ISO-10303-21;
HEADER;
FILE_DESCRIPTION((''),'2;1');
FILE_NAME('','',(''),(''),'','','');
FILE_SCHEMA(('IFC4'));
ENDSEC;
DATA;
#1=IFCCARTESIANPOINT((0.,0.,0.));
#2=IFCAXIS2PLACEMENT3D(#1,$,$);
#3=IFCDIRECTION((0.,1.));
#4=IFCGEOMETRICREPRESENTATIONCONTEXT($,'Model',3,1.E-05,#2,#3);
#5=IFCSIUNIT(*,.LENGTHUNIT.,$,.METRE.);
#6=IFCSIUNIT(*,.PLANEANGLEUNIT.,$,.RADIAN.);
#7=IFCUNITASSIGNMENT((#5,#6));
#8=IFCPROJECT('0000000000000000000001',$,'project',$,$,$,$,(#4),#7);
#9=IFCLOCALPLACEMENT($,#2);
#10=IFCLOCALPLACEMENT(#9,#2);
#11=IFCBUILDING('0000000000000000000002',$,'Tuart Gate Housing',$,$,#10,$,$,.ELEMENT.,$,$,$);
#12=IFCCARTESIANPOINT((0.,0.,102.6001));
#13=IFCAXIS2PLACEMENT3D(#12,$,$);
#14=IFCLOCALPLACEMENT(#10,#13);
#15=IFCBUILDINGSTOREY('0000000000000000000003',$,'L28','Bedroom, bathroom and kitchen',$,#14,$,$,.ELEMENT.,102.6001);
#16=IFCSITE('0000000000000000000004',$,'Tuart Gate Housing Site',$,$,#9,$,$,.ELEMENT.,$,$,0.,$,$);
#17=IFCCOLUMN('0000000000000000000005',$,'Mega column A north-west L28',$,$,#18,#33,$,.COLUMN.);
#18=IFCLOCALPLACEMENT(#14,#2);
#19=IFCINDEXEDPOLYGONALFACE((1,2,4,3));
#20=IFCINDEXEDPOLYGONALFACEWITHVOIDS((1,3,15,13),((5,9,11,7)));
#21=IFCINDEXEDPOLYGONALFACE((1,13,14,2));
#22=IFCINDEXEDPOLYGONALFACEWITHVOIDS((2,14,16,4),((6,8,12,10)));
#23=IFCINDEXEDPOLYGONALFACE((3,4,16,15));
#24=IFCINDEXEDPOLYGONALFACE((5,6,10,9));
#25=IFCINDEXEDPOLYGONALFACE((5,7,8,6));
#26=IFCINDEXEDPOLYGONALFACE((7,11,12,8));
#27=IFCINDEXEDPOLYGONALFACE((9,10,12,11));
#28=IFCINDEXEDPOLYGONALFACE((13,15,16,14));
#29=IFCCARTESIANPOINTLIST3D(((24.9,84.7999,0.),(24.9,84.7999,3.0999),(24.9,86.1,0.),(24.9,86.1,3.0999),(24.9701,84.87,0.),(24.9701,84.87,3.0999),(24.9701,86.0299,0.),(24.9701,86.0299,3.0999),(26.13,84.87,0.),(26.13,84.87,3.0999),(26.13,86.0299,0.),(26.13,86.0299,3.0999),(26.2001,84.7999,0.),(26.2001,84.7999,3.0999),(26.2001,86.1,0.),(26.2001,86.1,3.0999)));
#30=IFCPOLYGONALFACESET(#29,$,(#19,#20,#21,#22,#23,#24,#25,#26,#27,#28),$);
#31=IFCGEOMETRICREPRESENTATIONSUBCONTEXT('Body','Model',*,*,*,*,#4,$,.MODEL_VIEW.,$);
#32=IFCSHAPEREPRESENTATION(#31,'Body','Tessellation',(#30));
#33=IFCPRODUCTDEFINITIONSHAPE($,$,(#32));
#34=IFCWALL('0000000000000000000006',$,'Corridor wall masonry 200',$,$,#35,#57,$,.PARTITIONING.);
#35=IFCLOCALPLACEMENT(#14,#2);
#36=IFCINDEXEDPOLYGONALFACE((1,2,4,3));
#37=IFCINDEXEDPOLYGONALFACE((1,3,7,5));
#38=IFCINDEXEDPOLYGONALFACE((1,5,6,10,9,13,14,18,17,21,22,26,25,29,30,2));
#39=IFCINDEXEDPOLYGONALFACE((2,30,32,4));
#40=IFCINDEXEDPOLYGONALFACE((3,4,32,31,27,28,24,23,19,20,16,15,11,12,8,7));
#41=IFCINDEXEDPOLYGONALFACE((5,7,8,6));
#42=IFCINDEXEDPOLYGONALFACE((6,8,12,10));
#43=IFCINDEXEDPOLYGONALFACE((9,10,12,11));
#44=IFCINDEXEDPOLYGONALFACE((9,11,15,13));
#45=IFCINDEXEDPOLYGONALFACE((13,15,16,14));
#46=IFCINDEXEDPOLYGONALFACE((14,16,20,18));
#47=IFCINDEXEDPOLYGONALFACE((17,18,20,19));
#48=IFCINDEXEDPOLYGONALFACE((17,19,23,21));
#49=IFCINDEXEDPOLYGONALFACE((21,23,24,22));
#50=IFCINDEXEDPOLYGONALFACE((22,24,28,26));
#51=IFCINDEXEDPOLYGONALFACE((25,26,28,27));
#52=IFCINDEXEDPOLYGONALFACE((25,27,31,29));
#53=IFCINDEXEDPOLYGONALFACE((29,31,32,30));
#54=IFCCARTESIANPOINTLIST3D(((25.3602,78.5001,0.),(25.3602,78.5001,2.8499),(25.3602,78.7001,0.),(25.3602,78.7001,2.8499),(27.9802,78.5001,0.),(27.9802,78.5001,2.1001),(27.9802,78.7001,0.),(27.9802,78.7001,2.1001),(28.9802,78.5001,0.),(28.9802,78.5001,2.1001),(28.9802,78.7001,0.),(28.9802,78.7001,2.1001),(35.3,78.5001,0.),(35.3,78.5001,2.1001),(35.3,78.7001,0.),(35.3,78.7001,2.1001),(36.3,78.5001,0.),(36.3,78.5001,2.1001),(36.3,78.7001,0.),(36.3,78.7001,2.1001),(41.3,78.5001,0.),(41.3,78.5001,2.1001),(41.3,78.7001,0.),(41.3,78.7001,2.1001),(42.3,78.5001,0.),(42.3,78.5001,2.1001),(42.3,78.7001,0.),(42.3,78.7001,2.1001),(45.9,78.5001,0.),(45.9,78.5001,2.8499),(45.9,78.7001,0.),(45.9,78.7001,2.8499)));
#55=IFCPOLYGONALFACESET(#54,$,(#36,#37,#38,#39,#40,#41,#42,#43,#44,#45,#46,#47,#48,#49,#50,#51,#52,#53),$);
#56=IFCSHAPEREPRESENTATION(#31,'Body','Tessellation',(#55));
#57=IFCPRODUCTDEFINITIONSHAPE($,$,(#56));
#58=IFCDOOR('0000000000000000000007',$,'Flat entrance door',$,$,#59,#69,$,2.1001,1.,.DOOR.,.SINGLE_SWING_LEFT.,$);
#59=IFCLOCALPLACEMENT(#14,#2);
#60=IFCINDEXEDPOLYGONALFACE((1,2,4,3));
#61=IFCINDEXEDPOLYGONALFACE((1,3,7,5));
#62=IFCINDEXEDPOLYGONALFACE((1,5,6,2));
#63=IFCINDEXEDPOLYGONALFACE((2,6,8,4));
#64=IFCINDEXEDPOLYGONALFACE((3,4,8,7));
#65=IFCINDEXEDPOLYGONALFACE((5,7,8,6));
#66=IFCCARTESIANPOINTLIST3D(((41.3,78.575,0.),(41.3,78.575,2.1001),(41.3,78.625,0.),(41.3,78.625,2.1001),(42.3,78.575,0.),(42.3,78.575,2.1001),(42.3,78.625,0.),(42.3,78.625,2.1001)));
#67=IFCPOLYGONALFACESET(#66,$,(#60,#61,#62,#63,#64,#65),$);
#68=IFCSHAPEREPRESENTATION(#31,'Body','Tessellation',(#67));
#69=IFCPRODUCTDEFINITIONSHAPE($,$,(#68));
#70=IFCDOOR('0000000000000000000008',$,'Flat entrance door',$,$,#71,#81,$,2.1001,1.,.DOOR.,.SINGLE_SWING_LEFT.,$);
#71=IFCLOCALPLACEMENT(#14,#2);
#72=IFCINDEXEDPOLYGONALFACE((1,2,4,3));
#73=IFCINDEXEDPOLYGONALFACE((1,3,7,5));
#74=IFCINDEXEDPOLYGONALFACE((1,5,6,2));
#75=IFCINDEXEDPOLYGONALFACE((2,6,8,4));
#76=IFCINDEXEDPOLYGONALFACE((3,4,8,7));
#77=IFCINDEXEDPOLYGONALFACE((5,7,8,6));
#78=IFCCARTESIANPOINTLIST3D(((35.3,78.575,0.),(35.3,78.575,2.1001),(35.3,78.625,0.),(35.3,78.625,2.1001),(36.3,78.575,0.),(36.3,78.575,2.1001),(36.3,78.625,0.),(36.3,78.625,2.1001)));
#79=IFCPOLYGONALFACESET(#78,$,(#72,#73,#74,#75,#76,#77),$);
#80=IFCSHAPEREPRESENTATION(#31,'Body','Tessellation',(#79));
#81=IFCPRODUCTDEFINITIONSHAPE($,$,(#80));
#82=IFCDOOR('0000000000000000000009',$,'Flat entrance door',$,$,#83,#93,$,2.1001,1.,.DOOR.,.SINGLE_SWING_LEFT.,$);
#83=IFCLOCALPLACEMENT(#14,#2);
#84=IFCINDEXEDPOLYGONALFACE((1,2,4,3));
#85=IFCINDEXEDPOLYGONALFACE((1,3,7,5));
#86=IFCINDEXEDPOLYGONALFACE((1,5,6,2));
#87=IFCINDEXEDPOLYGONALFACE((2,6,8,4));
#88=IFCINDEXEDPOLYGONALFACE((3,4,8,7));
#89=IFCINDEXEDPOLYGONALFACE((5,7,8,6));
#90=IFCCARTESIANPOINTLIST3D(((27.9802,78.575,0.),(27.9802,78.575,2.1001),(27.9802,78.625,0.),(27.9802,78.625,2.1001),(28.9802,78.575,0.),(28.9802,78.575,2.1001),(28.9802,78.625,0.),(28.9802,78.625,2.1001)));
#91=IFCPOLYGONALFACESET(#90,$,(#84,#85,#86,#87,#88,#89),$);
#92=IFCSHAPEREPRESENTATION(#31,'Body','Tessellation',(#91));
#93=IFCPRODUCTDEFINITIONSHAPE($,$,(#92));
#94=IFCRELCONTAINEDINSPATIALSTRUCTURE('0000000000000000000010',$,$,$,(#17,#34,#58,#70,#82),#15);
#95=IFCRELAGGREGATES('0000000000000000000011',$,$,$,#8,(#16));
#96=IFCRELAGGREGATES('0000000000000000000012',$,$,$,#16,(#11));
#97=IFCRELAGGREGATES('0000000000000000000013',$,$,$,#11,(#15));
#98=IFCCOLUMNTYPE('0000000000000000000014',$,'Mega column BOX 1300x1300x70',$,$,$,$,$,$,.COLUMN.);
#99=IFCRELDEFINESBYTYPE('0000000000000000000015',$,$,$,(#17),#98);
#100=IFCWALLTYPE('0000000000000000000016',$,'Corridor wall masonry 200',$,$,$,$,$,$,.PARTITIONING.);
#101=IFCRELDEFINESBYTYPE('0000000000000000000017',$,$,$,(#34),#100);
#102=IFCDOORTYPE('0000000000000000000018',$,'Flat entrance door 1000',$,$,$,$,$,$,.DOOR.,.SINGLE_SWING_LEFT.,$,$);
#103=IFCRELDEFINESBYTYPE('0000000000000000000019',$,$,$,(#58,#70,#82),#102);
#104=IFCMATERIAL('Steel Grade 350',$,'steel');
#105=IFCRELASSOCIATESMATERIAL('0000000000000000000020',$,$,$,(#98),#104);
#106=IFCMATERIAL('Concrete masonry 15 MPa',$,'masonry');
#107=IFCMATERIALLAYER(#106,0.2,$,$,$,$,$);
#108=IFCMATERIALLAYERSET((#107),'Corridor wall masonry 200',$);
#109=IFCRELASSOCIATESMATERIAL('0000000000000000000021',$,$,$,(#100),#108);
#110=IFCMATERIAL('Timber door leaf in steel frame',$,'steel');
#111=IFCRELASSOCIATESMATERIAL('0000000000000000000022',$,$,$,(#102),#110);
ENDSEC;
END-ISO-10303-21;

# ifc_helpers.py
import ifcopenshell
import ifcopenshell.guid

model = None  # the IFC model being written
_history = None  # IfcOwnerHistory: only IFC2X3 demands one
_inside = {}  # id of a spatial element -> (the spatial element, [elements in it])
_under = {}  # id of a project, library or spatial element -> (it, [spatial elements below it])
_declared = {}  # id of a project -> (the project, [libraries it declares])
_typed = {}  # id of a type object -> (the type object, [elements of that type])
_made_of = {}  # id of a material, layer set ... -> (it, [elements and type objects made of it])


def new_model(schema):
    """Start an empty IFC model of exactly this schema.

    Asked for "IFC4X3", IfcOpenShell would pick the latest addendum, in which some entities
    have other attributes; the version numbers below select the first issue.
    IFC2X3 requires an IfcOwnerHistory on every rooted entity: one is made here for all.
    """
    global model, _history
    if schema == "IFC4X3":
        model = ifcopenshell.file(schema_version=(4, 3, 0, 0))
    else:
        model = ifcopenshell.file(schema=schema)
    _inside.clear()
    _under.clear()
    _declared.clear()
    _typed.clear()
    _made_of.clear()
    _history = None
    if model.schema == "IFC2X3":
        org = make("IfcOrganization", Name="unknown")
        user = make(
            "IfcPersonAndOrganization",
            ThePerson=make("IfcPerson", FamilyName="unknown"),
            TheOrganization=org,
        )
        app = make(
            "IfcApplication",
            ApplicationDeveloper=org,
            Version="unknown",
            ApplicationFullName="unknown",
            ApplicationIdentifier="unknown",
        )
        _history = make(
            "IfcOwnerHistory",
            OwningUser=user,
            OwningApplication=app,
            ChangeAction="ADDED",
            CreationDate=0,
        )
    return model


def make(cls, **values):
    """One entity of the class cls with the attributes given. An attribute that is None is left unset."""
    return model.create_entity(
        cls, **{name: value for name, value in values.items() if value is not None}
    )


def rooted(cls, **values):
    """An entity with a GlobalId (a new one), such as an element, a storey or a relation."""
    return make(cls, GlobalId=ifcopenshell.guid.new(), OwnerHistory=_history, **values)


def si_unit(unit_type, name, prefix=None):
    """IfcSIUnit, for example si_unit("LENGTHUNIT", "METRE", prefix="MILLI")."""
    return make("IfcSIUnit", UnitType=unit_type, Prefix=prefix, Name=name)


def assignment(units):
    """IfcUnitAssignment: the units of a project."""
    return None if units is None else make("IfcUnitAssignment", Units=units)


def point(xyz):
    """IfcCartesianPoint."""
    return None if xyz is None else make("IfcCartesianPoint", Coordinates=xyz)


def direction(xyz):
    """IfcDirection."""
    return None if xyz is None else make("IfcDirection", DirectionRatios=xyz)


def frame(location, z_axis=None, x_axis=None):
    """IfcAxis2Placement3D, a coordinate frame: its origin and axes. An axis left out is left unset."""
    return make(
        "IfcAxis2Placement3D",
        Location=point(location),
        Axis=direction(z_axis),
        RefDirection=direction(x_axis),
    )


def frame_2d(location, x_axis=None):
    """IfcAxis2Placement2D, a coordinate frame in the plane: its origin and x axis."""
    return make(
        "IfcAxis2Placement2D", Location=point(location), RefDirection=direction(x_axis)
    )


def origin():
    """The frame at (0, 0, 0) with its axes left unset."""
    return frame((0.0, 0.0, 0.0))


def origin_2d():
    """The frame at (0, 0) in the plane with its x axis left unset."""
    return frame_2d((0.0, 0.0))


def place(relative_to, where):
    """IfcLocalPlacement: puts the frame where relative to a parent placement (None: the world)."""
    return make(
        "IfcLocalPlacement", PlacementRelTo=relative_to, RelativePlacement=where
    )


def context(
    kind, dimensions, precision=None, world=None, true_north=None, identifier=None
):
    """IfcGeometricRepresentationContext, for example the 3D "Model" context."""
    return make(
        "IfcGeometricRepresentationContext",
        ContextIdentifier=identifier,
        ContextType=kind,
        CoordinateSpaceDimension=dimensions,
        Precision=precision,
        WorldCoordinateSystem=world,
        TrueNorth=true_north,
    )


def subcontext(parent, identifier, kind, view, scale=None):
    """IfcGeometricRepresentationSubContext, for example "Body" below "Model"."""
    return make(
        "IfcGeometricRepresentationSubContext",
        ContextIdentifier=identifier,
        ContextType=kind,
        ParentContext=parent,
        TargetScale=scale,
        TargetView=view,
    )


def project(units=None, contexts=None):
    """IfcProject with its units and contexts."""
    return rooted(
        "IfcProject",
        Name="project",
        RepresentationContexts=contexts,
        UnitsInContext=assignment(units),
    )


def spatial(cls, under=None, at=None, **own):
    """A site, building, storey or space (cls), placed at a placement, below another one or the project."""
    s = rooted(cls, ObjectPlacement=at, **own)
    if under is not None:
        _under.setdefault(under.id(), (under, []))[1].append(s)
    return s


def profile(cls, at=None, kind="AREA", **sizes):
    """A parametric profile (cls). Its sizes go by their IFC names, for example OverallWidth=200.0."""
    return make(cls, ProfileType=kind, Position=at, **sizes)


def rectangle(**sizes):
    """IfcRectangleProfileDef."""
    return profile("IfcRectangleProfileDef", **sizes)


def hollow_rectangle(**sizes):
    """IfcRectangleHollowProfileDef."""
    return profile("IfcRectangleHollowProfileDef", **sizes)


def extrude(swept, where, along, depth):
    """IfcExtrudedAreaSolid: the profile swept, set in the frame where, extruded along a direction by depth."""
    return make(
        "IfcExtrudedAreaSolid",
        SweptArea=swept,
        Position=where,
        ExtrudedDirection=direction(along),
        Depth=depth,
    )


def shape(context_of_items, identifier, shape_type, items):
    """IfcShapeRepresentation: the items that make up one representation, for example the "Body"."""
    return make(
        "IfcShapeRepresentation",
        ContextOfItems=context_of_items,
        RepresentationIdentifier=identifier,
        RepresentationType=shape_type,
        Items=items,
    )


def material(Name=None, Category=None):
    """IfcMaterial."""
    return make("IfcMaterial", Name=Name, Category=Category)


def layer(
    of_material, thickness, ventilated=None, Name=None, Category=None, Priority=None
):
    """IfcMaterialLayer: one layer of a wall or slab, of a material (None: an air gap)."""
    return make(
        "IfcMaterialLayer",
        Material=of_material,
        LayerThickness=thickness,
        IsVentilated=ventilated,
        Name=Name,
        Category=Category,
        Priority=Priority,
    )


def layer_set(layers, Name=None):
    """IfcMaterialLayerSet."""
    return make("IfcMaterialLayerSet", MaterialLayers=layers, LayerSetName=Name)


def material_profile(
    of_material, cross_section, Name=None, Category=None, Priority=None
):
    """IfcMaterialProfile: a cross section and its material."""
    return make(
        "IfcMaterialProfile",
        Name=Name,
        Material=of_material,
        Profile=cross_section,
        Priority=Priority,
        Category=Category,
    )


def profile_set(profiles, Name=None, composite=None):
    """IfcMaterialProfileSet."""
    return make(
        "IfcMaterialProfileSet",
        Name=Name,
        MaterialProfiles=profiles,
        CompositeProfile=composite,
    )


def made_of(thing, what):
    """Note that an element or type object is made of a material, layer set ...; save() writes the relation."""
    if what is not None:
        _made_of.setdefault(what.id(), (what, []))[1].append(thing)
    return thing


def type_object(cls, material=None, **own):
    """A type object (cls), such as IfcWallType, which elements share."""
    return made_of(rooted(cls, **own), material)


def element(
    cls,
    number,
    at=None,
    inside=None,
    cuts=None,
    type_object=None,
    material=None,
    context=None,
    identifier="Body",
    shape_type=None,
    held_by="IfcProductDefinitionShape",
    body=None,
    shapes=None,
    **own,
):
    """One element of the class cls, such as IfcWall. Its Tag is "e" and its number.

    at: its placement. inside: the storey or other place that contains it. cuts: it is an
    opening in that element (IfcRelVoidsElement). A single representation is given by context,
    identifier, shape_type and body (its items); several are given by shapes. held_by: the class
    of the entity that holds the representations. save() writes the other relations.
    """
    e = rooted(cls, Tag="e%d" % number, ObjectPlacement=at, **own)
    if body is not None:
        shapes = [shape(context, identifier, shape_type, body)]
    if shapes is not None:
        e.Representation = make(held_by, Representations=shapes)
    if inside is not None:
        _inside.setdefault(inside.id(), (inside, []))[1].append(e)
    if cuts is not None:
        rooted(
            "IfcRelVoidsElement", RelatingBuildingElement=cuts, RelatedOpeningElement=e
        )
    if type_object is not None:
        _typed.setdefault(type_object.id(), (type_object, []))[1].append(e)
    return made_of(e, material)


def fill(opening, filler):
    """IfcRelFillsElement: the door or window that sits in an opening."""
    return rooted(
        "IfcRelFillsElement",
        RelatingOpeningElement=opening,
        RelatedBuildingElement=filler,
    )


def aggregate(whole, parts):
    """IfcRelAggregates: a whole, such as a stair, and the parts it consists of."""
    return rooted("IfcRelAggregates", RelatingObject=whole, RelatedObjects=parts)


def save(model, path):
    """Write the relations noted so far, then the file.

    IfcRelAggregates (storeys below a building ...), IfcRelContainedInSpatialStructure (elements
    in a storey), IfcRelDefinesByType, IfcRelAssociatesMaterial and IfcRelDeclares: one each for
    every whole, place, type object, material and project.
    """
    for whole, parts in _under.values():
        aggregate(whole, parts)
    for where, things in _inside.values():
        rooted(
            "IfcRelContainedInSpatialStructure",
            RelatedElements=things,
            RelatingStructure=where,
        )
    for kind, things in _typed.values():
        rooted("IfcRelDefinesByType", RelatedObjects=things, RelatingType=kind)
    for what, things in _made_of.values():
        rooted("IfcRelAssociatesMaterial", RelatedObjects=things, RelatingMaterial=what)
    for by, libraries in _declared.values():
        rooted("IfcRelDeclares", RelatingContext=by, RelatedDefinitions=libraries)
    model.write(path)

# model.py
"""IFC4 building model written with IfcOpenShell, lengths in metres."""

from ifc_helpers import new_model, si_unit, direction, frame, frame_2d, origin, origin_2d, place, context, subcontext, project, spatial, rectangle, hollow_rectangle, extrude, material, layer, layer_set, material_profile, profile_set, type_object, element, fill, save


model = new_model("IFC4")

# Units and contexts
model_context = context("Model", 3, precision=1e-05, world=origin(), true_north=direction((0.0, 1.0)))
body_context = subcontext(model_context, "Body", "Model", "MODEL_VIEW")
ifc_project = project(units=[si_unit("LENGTHUNIT", "METRE"), si_unit("PLANEANGLEUNIT", "RADIAN")], contexts=[model_context])

# Site, building, storey
site_placement = place(None, origin())
site = spatial("IfcSite", under=ifc_project, at=site_placement, Name="Tuart Gate Housing Site", CompositionType="ELEMENT", RefElevation=0.0)
building_placement = place(site_placement, origin())
building = spatial("IfcBuilding", under=site, at=building_placement, Name="Tuart Gate Housing", CompositionType="ELEMENT")
storey_placement = place(building_placement, frame((0.0, 0.0, 102.6001)))
storey = spatial("IfcBuildingStorey", under=building, at=storey_placement, Name="L28", Description="Bedroom, bathroom and kitchen", CompositionType="ELEMENT", Elevation=102.6001)

# Column
ifc_material_1 = material(Name="Steel Grade 350", Category="steel")
ifc_material_profile = material_profile(ifc_material_1, hollow_rectangle(XDim=1.3, YDim=1.3, WallThickness=0.0701, at=origin_2d()), Name="BOX 1300x1300x70")
ifc_profile_set = profile_set([ifc_material_profile], Name="Steel Grade 350")
column_type = type_object("IfcColumnType", Name="Mega column BOX 1300x1300x70", PredefinedType="COLUMN", material=ifc_profile_set)
column_placement = place(storey_placement, frame((25.55, 85.45, 0.0), z_axis=(0.0, 0.0, 1.0), x_axis=(1.0, 0.0, 0.0)))
element("IfcColumn", 1, at=column_placement, inside=storey, type_object=column_type, Name="Mega column A north-west L28", PredefinedType="COLUMN", context=body_context, shape_type="SweptSolid", body=[
    extrude(hollow_rectangle(XDim=1.3, YDim=1.3, WallThickness=0.0701, at=origin_2d()), origin(), (0.0, 0.0, 1.0), 3.0999),
])

# Wall, openings, doors
ifc_material_2 = material(Name="Concrete masonry 15 MPa", Category="masonry")
ifc_layer_1 = layer(ifc_material_2, 0.2)
ifc_layer_set_1 = layer_set([ifc_layer_1], Name="Corridor wall masonry 200")
wall_type_1 = type_object("IfcWallType", Name="Corridor wall masonry 200", PredefinedType="PARTITIONING", material=ifc_layer_set_1)
wall_1_placement = place(storey_placement, frame((25.3601, 78.6001, 0.0), z_axis=(0.0, 0.0, 1.0), x_axis=(1.0, 0.0, 0.0)))
wall_1 = element("IfcWall", 2, at=wall_1_placement, inside=storey, type_object=wall_type_1, Name="Corridor wall masonry 200", PredefinedType="PARTITIONING", context=body_context, shape_type="SweptSolid", body=[
    extrude(rectangle(XDim=20.5398, YDim=0.2, at=frame_2d((10.27, 0.0))), origin(), (0.0, 0.0, 1.0), 2.8499),
])
opening_1_placement = place(wall_1_placement, frame((15.9399, 0.0, 0.0)))
opening_1 = element("IfcOpeningElement", 3, at=opening_1_placement, cuts=wall_1, PredefinedType="OPENING", context=body_context, shape_type="SweptSolid", body=[
    extrude(rectangle(XDim=1.0, YDim=2.1001, at=frame_2d((0.5, 1.05))), frame((0.0, 0.1099, 0.0), z_axis=(0.0, -1.0, 0.0), x_axis=(1.0, 0.0, 0.0)), (0.0, 0.0, 1.0), 0.22),
])
opening_2_placement = place(wall_1_placement, frame((9.9399, 0.0, 0.0)))
opening_2 = element("IfcOpeningElement", 4, at=opening_2_placement, cuts=wall_1, PredefinedType="OPENING", context=body_context, shape_type="SweptSolid", body=[
    extrude(rectangle(XDim=1.0, YDim=2.1001, at=frame_2d((0.5, 1.05))), frame((0.0, 0.1099, 0.0), z_axis=(0.0, -1.0, 0.0), x_axis=(1.0, 0.0, 0.0)), (0.0, 0.0, 1.0), 0.22),
])
opening_3_placement = place(wall_1_placement, frame((2.6201, 0.0, 0.0)))
opening_3 = element("IfcOpeningElement", 5, at=opening_3_placement, cuts=wall_1, PredefinedType="OPENING", context=body_context, shape_type="SweptSolid", body=[
    extrude(rectangle(XDim=1.0, YDim=2.1001, at=frame_2d((0.5, 1.05))), frame((0.0, 0.1099, 0.0), z_axis=(0.0, -1.0, 0.0), x_axis=(1.0, 0.0, 0.0)), (0.0, 0.0, 1.0), 0.22),
])
ifc_material_3 = material(Name="Timber door leaf in steel frame", Category="steel")
door_type = type_object("IfcDoorType", Name="Flat entrance door 1000", OperationType="SINGLE_SWING_LEFT", PredefinedType="DOOR", material=ifc_material_3)
door_1_placement = place(opening_1_placement, origin())
door_1 = element("IfcDoor", 6, at=door_1_placement, inside=storey, type_object=door_type, Name="Flat entrance door", OperationType="SINGLE_SWING_LEFT", OverallHeight=2.1001, OverallWidth=1.0, PredefinedType="DOOR", context=body_context, shape_type="SweptSolid", body=[
    extrude(rectangle(XDim=1.0, YDim=2.1001, at=frame_2d((0.5, 1.05))), frame((0.0, 0.0249, 0.0), z_axis=(0.0, -1.0, 0.0), x_axis=(1.0, 0.0, 0.0)), (0.0, 0.0, 1.0), 0.05),
])
fill(opening_1, door_1)
door_2_placement = place(opening_2_placement, origin())
door_2 = element("IfcDoor", 7, at=door_2_placement, inside=storey, type_object=door_type, Name="Flat entrance door", OperationType="SINGLE_SWING_LEFT", OverallHeight=2.1001, OverallWidth=1.0, PredefinedType="DOOR", context=body_context, shape_type="SweptSolid", body=[
    extrude(rectangle(XDim=1.0, YDim=2.1001, at=frame_2d((0.5, 1.05))), frame((0.0, 0.0249, 0.0), z_axis=(0.0, -1.0, 0.0), x_axis=(1.0, 0.0, 0.0)), (0.0, 0.0, 1.0), 0.05),
])
fill(opening_2, door_2)
door_3_placement = place(opening_3_placement, origin())
door_3 = element("IfcDoor", 8, at=door_3_placement, inside=storey, type_object=door_type, Name="Flat entrance door", OperationType="SINGLE_SWING_LEFT", OverallHeight=2.1001, OverallWidth=1.0, PredefinedType="DOOR", context=body_context, shape_type="SweptSolid", body=[
    extrude(rectangle(XDim=1.0, YDim=2.1001, at=frame_2d((0.5, 1.05))), frame((0.0, 0.0249, 0.0), z_axis=(0.0, -1.0, 0.0), x_axis=(1.0, 0.0, 0.0)), (0.0, 0.0, 1.0), 0.05),
])
fill(opening_3, door_3)

save(model, "model.ifc")
